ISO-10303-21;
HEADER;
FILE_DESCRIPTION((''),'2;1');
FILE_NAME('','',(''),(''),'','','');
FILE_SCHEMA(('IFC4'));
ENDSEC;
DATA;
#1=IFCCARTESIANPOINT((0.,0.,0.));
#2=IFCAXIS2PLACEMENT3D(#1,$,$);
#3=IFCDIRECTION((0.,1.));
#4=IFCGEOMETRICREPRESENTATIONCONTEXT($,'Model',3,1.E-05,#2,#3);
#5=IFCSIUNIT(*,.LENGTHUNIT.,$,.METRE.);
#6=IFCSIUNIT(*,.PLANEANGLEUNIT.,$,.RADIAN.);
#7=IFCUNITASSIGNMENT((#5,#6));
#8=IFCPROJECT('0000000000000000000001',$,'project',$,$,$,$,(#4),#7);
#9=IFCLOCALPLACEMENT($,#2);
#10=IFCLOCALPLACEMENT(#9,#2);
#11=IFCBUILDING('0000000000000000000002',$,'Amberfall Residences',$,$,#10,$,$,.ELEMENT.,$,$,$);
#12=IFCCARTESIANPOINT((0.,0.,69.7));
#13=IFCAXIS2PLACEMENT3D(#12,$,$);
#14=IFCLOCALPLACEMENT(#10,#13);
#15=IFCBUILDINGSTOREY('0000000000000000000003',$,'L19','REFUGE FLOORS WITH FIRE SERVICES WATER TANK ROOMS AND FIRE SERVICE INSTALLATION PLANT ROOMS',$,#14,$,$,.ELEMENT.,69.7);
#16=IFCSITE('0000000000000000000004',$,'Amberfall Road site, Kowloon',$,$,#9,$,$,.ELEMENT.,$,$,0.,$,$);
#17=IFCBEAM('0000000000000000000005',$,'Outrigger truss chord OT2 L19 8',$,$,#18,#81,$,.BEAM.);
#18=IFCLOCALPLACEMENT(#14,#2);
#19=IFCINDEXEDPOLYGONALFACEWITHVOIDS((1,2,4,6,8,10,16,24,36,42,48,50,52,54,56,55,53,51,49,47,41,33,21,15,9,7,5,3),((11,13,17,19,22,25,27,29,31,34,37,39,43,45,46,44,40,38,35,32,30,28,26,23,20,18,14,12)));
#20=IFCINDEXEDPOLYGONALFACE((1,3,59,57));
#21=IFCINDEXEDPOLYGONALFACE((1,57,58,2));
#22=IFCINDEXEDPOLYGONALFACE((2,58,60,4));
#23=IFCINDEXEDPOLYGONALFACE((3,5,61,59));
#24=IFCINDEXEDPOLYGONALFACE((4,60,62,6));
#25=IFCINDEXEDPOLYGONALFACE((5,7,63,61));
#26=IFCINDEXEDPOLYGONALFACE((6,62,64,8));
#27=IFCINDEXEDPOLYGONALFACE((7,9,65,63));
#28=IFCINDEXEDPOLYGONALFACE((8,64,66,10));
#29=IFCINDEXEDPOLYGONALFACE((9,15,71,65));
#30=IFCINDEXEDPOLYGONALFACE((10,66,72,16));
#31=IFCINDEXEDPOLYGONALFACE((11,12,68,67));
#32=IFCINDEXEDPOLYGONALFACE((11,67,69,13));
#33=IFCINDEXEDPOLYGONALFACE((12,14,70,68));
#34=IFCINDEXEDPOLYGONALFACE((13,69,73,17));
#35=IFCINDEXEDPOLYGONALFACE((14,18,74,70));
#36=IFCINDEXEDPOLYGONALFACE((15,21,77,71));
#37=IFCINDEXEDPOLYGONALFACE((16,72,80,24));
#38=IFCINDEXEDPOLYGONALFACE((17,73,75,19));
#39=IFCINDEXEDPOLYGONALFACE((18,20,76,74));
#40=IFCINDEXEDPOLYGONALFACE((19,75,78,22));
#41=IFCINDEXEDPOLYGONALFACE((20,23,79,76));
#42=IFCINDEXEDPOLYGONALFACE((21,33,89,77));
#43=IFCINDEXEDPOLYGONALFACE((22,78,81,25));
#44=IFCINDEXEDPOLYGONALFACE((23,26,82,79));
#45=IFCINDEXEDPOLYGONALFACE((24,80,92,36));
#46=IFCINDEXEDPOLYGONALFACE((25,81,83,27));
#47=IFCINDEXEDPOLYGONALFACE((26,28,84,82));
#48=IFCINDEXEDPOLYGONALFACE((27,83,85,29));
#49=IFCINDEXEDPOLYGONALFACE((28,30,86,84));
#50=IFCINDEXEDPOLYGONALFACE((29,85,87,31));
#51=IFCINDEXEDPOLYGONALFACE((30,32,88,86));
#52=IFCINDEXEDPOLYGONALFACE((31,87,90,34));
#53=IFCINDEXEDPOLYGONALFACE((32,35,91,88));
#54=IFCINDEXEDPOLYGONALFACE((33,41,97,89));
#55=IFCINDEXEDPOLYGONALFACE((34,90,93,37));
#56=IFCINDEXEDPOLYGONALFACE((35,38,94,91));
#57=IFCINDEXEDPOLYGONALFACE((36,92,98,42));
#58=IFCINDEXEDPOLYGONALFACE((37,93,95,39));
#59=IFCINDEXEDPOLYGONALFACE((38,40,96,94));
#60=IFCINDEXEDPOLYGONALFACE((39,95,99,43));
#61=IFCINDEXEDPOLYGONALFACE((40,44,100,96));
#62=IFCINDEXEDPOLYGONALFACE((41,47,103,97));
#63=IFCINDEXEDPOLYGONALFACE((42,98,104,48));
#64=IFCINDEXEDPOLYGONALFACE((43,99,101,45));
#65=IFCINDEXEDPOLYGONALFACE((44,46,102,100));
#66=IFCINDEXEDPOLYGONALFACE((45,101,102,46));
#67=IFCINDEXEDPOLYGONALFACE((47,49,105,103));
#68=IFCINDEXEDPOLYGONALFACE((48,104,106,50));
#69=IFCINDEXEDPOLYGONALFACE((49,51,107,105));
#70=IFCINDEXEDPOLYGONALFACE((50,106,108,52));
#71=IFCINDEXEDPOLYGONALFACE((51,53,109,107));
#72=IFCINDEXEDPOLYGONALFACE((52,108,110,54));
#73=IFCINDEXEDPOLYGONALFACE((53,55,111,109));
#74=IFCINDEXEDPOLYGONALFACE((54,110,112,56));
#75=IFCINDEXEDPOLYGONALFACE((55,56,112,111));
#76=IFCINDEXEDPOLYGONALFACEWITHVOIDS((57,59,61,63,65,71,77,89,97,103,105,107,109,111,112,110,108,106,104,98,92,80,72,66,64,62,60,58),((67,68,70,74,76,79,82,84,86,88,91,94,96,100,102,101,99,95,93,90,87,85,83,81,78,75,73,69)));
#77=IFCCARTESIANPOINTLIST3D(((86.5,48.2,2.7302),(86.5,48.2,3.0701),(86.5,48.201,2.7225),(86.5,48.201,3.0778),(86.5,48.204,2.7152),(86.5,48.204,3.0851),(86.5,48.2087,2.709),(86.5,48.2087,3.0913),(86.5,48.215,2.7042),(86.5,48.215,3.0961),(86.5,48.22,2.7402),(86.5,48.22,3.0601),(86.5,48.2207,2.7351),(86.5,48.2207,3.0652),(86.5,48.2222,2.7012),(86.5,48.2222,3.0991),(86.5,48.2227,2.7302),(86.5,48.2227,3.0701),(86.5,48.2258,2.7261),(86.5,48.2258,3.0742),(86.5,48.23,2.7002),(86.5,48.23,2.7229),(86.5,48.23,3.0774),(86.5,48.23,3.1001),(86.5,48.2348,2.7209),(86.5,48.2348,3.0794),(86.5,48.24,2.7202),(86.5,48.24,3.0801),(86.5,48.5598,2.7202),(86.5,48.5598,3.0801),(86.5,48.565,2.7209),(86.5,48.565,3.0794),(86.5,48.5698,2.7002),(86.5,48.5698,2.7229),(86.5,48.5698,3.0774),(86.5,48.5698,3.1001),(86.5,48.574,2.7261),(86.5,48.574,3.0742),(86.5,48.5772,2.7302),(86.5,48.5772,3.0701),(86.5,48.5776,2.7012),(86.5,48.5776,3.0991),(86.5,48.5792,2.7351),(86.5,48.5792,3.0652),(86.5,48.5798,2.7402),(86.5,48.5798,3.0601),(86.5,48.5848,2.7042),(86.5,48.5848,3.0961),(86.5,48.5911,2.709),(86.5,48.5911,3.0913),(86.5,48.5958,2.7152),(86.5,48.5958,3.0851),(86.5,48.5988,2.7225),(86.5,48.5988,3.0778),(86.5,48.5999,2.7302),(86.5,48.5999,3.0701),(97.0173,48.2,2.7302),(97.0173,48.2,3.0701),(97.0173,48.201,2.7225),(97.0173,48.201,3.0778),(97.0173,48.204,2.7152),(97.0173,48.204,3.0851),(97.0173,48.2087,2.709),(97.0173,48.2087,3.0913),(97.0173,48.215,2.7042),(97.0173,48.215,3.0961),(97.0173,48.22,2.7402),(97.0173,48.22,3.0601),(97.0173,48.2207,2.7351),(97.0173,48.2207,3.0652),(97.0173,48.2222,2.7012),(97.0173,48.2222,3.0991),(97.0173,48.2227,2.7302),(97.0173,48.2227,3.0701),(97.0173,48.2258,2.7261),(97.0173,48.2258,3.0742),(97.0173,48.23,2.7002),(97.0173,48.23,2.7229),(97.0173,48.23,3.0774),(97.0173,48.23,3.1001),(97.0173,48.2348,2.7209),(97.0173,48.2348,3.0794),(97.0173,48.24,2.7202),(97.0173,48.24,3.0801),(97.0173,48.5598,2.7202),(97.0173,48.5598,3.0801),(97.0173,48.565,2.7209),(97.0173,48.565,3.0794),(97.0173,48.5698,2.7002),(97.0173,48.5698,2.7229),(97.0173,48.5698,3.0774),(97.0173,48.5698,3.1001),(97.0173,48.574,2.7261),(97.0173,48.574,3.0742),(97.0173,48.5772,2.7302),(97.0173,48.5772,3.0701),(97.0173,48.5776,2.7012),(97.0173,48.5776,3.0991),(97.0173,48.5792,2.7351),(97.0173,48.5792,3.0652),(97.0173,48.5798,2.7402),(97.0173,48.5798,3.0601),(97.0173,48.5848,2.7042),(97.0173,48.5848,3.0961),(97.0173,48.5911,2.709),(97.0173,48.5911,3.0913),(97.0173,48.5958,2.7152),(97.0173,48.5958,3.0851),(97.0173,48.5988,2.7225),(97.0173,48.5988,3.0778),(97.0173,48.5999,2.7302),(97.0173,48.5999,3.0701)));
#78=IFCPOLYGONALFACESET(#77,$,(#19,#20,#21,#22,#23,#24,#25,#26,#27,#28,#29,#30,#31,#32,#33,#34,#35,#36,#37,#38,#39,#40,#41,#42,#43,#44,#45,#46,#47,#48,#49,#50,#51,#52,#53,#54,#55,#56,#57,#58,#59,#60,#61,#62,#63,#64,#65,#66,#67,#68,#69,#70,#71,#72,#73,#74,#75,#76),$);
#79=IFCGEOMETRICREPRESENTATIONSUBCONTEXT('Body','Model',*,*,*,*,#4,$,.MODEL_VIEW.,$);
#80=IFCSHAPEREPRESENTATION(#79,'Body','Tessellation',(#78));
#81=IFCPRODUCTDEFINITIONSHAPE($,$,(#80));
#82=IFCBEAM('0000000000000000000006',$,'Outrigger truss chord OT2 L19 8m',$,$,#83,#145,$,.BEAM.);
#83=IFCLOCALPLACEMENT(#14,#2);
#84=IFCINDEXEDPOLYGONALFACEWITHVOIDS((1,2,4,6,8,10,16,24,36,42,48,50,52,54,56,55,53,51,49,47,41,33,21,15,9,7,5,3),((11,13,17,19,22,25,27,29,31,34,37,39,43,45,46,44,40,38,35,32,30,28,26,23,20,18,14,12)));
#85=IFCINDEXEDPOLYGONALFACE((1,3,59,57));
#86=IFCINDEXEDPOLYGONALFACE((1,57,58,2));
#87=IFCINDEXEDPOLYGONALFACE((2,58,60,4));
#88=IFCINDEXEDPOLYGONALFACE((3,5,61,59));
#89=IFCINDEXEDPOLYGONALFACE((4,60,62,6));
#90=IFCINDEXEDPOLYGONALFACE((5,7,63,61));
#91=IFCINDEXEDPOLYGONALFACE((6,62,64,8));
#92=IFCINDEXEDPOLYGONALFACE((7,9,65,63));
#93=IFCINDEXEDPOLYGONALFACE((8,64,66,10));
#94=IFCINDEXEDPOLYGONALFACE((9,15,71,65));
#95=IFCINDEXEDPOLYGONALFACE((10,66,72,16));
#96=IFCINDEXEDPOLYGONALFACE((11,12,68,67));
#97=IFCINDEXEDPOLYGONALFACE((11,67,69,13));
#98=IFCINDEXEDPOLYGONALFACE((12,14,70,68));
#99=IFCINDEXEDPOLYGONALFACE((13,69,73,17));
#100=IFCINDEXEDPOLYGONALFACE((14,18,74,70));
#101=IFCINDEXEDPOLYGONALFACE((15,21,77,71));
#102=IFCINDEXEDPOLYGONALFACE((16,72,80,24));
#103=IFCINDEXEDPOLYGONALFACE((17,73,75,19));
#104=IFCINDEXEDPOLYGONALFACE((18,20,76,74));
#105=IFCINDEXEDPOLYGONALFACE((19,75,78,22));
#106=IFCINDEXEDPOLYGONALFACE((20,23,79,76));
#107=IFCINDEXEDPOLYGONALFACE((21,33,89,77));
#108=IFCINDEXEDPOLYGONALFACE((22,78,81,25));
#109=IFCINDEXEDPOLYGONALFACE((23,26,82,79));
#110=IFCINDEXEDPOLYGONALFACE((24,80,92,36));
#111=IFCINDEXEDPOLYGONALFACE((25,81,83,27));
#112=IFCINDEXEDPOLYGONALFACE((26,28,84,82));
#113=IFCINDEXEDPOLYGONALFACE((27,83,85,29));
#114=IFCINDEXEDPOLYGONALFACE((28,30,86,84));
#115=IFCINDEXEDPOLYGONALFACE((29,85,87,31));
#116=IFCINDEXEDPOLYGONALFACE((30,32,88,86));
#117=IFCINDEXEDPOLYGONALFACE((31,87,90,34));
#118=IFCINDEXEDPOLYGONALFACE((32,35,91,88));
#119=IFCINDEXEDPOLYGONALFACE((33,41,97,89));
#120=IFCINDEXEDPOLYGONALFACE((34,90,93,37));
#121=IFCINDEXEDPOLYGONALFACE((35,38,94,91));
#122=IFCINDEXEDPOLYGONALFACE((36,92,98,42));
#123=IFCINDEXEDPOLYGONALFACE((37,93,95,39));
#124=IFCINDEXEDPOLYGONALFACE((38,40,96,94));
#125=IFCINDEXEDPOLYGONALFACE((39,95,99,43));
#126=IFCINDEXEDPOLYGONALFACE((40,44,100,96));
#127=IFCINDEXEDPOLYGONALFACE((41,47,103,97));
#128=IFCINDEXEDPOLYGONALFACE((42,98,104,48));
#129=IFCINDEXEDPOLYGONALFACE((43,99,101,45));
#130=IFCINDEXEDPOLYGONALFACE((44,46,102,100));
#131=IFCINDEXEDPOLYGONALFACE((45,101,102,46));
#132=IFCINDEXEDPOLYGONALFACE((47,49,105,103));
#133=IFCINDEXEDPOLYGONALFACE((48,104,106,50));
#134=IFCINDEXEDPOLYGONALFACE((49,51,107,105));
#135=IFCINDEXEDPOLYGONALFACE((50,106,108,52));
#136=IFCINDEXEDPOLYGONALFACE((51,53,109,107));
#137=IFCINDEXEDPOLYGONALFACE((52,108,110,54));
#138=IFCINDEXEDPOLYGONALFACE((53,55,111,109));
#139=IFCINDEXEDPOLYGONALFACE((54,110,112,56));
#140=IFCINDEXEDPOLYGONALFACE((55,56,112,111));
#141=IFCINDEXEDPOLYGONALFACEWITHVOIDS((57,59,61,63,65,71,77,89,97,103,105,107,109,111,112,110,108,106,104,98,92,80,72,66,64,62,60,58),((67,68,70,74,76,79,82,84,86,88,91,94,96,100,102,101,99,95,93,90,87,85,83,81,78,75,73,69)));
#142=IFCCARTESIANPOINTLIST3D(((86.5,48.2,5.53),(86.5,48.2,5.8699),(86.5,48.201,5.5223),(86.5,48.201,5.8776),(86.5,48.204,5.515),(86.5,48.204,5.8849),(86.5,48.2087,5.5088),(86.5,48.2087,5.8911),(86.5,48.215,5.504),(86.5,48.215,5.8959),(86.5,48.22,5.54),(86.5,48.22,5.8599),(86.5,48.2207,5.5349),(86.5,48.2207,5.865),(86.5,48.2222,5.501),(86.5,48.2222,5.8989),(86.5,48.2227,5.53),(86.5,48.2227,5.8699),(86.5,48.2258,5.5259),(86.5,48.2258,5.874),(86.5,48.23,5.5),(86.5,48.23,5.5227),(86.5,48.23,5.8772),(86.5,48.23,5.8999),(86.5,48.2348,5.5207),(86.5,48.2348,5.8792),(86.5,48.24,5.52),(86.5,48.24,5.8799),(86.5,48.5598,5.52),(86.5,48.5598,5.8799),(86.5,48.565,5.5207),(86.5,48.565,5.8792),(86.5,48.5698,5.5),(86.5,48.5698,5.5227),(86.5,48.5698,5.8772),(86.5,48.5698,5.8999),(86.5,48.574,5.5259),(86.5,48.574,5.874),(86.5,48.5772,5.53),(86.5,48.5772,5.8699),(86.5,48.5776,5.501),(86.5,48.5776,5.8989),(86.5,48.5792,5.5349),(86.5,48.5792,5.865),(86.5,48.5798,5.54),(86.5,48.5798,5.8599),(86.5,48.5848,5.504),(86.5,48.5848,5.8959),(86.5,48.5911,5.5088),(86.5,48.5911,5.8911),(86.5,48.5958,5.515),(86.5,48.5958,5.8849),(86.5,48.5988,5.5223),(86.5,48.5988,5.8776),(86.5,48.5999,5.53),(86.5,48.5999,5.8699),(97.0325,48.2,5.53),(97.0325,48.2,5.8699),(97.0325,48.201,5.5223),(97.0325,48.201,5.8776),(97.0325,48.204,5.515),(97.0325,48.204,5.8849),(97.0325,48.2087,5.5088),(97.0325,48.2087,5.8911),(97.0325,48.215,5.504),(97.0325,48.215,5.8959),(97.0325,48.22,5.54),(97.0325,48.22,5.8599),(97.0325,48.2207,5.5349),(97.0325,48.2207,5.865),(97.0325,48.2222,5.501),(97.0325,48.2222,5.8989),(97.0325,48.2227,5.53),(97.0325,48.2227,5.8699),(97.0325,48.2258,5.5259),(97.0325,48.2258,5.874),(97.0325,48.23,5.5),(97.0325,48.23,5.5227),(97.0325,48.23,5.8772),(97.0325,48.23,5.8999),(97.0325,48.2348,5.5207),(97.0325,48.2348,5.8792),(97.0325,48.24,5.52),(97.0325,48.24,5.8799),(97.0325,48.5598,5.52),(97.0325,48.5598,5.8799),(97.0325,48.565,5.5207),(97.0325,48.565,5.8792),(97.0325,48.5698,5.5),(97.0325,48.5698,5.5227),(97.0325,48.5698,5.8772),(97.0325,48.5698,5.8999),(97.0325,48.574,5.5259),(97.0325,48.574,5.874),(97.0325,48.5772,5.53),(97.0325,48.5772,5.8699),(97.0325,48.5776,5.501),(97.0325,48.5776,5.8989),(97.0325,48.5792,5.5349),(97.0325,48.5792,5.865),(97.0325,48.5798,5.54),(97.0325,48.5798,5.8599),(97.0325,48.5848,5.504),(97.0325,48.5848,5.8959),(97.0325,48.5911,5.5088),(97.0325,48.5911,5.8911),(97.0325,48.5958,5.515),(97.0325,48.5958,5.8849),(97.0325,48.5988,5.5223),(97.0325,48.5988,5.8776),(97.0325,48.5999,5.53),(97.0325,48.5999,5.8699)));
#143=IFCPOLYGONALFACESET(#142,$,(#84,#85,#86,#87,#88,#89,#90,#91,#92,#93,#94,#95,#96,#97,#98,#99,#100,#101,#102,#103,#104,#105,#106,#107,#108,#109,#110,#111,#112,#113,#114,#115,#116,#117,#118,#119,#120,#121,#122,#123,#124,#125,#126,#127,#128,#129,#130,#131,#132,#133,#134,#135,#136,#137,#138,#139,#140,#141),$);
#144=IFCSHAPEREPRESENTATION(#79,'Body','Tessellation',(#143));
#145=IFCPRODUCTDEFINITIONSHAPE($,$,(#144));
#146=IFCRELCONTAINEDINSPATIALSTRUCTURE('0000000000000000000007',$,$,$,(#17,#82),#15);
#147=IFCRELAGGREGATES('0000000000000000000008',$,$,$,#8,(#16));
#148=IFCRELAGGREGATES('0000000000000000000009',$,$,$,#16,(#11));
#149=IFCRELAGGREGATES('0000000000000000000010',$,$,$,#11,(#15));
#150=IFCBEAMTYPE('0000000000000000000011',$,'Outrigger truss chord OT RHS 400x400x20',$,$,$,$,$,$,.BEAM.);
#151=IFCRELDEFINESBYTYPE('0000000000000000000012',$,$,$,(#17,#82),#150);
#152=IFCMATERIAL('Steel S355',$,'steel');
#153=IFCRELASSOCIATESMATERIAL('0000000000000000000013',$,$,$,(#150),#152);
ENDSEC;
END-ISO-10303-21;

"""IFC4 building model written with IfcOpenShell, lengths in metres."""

from ifc_helpers import new_model, si_unit, direction, frame, origin, origin_2d, place, context, subcontext, project, spatial, hollow_rectangle, extrude, material, material_profile, profile_set, type_object, element, save


model = new_model("IFC4")

# Units and contexts
model_context = context("Model", 3, precision=1e-05, world=origin(), true_north=direction((0.0, 1.0)))
body_context = subcontext(model_context, "Body", "Model", "MODEL_VIEW")
ifc_project = project(units=[si_unit("LENGTHUNIT", "METRE"), si_unit("PLANEANGLEUNIT", "RADIAN")], contexts=[model_context])

# Site, building, storey
site_placement = place(None, origin())
site = spatial("IfcSite", under=ifc_project, at=site_placement, Name="Amberfall Road site, Kowloon", CompositionType="ELEMENT", RefElevation=0.0)
building_placement = place(site_placement, origin())
building = spatial("IfcBuilding", under=site, at=building_placement, Name="Amberfall Residences", CompositionType="ELEMENT")
storey_placement = place(building_placement, frame((0.0, 0.0, 69.7)))
storey = spatial("IfcBuildingStorey", under=building, at=storey_placement, Name="L19", Description="REFUGE FLOORS WITH FIRE SERVICES WATER TANK ROOMS AND FIRE SERVICE INSTALLATION PLANT ROOMS", CompositionType="ELEMENT", Elevation=69.7)

# Shared definitions
ifc_material_1 = material(Name="Steel S355", Category="steel")

# Beams
ifc_material_profile_1 = material_profile(ifc_material_1, hollow_rectangle(XDim=0.3999, YDim=0.3999, WallThickness=0.02, InnerFilletRadius=0.02, OuterFilletRadius=0.03, at=origin_2d()), Name="RHS 400x400x20")
ifc_profile_set_1 = profile_set([ifc_material_profile_1], Name="Steel S355")
beam_type_1 = type_object("IfcBeamType", Name="Outrigger truss chord OT RHS 400x400x20", PredefinedType="BEAM", material=ifc_profile_set_1)
beam_1_placement = place(storey_placement, frame((97.0173, 48.3999, 2.9001), z_axis=(-1.0, 0.0, 0.0), x_axis=(0.0, -1.0, 0.0)))
element("IfcBeam", 1, at=beam_1_placement, inside=storey, type_object=beam_type_1, Name="Outrigger truss chord OT2 L19 8", PredefinedType="BEAM", context=body_context, shape_type="SweptSolid", body=[
    extrude(hollow_rectangle(XDim=0.3999, YDim=0.3999, WallThickness=0.02, InnerFilletRadius=0.02, OuterFilletRadius=0.03, at=origin_2d()), origin(), (0.0, 0.0, 1.0), 10.5173),
])
beam_2_placement = place(storey_placement, frame((97.0325, 48.3999, 5.7), z_axis=(-1.0, 0.0, 0.0), x_axis=(0.0, -1.0, 0.0)))
element("IfcBeam", 2, at=beam_2_placement, inside=storey, type_object=beam_type_1, Name="Outrigger truss chord OT2 L19 8m", PredefinedType="BEAM", context=body_context, shape_type="SweptSolid", body=[
    extrude(hollow_rectangle(XDim=0.3999, YDim=0.3999, WallThickness=0.02, InnerFilletRadius=0.02, OuterFilletRadius=0.03, at=origin_2d()), origin(), (0.0, 0.0, 1.0), 10.5325),
])

save(model, "model.ifc")
